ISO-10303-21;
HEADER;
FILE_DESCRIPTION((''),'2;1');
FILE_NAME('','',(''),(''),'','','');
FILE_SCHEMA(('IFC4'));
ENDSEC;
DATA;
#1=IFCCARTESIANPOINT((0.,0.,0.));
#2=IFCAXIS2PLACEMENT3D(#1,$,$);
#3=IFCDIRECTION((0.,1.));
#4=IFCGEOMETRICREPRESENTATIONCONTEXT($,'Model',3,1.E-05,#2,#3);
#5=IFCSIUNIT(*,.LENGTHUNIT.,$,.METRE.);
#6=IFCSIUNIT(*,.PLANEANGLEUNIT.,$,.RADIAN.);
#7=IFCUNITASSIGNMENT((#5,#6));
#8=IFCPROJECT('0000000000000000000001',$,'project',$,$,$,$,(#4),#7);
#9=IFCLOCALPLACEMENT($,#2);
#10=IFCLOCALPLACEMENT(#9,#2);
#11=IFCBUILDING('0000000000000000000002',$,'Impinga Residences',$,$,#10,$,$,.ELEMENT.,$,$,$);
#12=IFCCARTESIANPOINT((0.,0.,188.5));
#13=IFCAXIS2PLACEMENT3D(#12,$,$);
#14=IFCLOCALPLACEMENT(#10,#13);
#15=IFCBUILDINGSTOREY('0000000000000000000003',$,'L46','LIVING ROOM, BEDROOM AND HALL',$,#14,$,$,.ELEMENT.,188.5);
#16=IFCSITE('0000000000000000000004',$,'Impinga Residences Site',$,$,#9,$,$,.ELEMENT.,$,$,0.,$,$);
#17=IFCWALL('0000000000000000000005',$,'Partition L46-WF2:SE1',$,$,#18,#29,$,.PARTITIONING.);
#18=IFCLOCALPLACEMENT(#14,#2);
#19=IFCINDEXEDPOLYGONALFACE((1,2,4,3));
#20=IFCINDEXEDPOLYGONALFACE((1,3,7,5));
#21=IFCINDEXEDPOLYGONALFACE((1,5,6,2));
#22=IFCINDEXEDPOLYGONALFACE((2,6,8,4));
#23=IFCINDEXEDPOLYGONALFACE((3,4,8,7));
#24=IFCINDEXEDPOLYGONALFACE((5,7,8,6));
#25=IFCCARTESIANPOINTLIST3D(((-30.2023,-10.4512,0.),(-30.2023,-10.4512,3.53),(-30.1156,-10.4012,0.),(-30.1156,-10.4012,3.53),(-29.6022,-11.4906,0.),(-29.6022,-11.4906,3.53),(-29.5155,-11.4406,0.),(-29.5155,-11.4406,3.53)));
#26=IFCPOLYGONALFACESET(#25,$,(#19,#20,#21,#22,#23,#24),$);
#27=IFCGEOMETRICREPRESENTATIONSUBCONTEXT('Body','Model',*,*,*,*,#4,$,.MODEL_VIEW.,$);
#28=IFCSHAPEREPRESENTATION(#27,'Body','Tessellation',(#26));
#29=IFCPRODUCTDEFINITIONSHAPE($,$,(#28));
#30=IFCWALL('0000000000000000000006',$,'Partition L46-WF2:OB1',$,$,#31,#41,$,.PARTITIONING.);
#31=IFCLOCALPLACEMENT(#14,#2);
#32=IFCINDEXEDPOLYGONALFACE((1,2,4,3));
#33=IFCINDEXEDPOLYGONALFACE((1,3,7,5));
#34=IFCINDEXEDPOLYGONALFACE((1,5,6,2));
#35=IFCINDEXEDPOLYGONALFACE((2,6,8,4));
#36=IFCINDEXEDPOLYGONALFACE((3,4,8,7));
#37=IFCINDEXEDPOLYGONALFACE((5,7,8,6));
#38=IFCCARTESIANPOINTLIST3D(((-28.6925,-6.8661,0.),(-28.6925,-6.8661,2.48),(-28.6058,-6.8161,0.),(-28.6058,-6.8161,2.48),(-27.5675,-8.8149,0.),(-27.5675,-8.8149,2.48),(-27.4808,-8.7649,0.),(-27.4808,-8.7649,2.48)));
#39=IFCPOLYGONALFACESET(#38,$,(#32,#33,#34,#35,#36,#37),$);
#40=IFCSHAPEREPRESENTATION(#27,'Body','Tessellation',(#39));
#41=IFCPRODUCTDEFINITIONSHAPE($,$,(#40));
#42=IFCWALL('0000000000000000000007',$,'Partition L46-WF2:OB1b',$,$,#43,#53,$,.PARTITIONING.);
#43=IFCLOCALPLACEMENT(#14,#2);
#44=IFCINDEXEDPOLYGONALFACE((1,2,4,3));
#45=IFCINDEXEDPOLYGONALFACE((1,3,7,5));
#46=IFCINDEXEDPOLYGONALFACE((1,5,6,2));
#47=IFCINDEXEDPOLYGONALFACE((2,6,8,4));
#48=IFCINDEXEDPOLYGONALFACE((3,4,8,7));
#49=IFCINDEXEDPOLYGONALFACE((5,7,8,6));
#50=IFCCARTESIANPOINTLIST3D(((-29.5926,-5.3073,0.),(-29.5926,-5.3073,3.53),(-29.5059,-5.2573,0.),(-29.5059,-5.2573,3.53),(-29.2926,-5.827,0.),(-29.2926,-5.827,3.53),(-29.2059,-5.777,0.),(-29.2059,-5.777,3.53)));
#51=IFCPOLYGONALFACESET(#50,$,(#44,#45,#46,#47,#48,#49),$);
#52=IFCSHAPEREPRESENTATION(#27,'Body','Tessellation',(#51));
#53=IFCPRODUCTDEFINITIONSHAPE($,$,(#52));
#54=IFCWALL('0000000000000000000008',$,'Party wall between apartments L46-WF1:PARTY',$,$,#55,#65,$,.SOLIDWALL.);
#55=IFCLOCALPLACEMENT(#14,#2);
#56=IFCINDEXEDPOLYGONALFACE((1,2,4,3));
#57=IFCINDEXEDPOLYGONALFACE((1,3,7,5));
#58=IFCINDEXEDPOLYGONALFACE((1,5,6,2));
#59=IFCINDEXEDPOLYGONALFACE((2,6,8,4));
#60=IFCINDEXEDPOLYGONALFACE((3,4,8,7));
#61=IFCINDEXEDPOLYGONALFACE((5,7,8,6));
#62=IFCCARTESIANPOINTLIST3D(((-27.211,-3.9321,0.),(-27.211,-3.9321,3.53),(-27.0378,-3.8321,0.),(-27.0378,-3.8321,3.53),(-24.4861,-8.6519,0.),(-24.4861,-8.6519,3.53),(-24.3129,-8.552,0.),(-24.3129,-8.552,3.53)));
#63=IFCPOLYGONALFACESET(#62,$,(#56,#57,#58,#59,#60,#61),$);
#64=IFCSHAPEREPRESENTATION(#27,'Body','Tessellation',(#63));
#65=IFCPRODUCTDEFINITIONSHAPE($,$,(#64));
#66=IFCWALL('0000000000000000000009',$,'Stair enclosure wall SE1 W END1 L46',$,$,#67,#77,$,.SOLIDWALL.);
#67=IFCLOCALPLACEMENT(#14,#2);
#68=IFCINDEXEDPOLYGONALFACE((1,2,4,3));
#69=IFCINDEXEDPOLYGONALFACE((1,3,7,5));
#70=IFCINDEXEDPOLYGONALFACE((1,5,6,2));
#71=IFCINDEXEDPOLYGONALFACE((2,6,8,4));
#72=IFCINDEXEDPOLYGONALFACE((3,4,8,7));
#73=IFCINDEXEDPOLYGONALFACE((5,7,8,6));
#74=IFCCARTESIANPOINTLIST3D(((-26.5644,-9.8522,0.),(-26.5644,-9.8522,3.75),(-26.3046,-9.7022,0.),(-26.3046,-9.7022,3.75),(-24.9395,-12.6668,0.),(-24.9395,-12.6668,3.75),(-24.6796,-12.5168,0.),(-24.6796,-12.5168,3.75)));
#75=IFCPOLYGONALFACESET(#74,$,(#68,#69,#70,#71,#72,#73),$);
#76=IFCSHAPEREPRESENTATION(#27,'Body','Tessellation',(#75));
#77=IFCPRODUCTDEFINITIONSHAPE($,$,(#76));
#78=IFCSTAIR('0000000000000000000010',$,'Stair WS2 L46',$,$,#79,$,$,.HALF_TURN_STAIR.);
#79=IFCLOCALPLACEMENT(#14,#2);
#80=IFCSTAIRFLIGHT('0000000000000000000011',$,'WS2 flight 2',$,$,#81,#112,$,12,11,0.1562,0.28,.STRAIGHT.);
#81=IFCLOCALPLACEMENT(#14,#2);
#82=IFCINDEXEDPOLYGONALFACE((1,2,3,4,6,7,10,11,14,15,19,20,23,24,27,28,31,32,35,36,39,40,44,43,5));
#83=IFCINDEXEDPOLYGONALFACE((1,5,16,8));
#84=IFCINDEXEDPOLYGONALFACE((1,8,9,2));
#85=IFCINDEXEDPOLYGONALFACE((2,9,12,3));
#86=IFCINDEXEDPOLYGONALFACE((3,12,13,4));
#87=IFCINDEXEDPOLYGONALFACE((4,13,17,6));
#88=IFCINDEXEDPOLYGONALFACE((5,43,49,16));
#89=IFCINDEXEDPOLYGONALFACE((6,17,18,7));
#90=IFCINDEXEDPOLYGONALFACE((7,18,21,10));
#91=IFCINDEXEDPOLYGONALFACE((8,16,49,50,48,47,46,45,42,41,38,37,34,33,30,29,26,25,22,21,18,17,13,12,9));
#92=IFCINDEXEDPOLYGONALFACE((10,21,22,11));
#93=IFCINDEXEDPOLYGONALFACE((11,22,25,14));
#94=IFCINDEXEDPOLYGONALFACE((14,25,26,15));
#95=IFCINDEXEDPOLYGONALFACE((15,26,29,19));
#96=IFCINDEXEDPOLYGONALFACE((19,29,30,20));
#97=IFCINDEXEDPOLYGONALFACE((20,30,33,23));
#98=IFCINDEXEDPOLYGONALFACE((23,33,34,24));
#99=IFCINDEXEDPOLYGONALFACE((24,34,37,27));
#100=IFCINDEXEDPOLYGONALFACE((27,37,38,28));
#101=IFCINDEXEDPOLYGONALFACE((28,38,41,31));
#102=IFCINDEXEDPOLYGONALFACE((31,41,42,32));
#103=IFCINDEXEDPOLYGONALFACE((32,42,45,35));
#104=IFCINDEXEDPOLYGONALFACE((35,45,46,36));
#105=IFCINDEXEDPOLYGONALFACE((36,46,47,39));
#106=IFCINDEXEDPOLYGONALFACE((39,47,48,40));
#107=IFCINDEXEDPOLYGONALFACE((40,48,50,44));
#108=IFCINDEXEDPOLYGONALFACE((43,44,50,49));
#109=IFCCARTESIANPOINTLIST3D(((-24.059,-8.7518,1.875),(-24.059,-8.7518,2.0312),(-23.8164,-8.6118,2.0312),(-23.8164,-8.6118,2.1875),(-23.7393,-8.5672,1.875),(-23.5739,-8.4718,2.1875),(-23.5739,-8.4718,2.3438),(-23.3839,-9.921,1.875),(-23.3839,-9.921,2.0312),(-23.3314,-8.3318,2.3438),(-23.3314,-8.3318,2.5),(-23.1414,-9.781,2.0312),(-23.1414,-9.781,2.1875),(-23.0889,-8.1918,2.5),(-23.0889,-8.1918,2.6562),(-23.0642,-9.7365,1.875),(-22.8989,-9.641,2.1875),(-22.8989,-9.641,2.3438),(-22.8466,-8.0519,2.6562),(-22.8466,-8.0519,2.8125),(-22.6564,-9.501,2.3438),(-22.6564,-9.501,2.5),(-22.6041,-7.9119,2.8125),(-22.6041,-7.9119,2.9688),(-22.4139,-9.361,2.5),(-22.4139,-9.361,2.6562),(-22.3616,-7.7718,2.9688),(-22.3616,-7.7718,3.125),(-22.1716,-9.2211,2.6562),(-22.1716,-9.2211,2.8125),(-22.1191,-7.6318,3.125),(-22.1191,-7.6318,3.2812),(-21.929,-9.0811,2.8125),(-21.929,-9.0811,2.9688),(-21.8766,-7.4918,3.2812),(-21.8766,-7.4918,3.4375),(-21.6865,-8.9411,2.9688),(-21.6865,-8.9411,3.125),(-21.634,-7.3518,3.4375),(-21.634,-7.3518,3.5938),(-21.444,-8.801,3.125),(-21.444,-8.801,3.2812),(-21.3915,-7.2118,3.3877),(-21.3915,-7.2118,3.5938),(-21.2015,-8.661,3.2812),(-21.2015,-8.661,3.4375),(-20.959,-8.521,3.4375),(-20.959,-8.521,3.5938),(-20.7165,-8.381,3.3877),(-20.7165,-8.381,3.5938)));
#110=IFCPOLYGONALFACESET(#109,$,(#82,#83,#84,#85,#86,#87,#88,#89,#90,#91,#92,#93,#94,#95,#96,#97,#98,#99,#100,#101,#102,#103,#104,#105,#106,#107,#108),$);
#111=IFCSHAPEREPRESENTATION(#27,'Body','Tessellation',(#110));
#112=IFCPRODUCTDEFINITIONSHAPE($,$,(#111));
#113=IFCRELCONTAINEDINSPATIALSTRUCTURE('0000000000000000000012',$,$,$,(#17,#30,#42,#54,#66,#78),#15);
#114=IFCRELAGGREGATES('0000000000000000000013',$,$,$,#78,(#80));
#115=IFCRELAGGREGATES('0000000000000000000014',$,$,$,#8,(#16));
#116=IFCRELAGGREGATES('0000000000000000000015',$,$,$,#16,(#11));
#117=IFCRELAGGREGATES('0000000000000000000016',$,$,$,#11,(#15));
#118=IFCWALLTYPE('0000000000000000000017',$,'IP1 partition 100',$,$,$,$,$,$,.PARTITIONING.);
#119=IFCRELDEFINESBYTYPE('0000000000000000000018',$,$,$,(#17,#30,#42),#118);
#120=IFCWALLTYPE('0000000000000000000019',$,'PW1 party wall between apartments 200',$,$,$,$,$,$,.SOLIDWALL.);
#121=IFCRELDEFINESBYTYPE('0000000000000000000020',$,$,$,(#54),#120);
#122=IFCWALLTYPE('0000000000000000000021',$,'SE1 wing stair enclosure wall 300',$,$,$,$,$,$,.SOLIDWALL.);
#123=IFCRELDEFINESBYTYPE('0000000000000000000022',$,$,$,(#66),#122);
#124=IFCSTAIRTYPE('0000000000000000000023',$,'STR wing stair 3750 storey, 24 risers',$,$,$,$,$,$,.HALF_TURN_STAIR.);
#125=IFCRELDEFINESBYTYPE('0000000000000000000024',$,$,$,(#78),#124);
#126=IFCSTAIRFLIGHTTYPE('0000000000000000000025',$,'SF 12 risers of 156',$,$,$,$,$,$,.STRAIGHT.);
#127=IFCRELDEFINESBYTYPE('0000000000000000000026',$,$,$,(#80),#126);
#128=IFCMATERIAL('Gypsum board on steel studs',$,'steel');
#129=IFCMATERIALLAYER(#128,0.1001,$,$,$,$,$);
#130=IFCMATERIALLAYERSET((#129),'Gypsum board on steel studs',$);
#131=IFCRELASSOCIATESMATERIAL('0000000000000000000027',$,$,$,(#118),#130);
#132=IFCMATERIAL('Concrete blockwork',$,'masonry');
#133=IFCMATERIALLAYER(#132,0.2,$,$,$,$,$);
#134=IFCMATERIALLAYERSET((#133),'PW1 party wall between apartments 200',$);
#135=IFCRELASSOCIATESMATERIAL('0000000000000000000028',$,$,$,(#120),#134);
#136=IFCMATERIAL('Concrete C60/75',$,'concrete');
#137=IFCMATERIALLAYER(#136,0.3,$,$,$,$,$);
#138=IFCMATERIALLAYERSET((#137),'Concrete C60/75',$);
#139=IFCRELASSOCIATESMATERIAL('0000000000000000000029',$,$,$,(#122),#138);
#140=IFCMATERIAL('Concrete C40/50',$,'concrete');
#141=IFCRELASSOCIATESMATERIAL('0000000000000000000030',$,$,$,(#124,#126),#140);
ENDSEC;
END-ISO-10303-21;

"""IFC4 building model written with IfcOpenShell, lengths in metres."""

from ifc_helpers import new_model, si_unit, direction, frame, frame_2d, origin, place, context, subcontext, project, spatial, polyline, rectangle, outline, extrude, material, layer, layer_set, type_object, element, aggregate, save


model = new_model("IFC4")

# Units and contexts
model_context = context("Model", 3, precision=1e-05, world=origin(), true_north=direction((0.0, 1.0)))
body_context = subcontext(model_context, "Body", "Model", "MODEL_VIEW")
ifc_project = project(units=[si_unit("LENGTHUNIT", "METRE"), si_unit("PLANEANGLEUNIT", "RADIAN")], contexts=[model_context])

# Site, building, storey
site_placement = place(None, origin())
site = spatial("IfcSite", under=ifc_project, at=site_placement, Name="Impinga Residences Site", CompositionType="ELEMENT", RefElevation=0.0)
building_placement = place(site_placement, origin())
building = spatial("IfcBuilding", under=site, at=building_placement, Name="Impinga Residences", CompositionType="ELEMENT")
storey_placement = place(building_placement, frame((0.0, 0.0, 188.5)))
storey = spatial("IfcBuildingStorey", under=building, at=storey_placement, Name="L46", Description="LIVING ROOM, BEDROOM AND HALL", CompositionType="ELEMENT", Elevation=188.5)

# Shared definitions
ifc_material_1 = material(Name="Concrete C60/75", Category="concrete")

# Shared definitions
ifc_material_2 = material(Name="Gypsum board on steel studs", Category="steel")
ifc_layer_1 = layer(ifc_material_2, 0.1001)
ifc_layer_set_1 = layer_set([ifc_layer_1], Name="Gypsum board on steel studs")
wall_type_1 = type_object("IfcWallType", Name="IP1 partition 100", PredefinedType="PARTITIONING", material=ifc_layer_set_1)

# Walls
wall_1_placement = place(storey_placement, frame((-29.5588, -11.4656, 0.0), z_axis=(0.0, 0.0, 1.0), x_axis=(-0.500034, 0.866006, 0.0)))
element("IfcWall", 1, at=wall_1_placement, inside=storey, type_object=wall_type_1, Name="Partition L46-WF2:SE1", PredefinedType="PARTITIONING", context=body_context, shape_type="SweptSolid", body=[
    extrude(rectangle(XDim=1.2002, YDim=0.1001, at=frame_2d((0.6001, 0.0))), origin(), (0.0, 0.0, 1.0), 3.53),
])
wall_2_placement = place(storey_placement, frame((-27.5242, -8.7898, 0.0), z_axis=(0.0, 0.0, 1.0), x_axis=(-0.499967, 0.866045, 0.0)))
element("IfcWall", 2, at=wall_2_placement, inside=storey, type_object=wall_type_1, Name="Partition L46-WF2:OB1", PredefinedType="PARTITIONING", context=body_context, shape_type="SweptSolid", body=[
    extrude(rectangle(XDim=2.2502, YDim=0.1001, at=frame_2d((1.125, 0.0))), origin(), (0.0, 0.0, 1.0), 2.48),
])
wall_3_placement = place(storey_placement, frame((-29.2493, -5.802, 0.0), z_axis=(0.0, 0.0, 1.0), x_axis=(-0.499945, 0.866057, 0.0)))
element("IfcWall", 3, at=wall_3_placement, inside=storey, type_object=wall_type_1, Name="Partition L46-WF2:OB1b", PredefinedType="PARTITIONING", context=body_context, shape_type="SweptSolid", body=[
    extrude(rectangle(XDim=0.6001, YDim=0.1001, at=frame_2d((0.3, 0.0))), origin(), (0.0, 0.0, 1.0), 3.53),
])
ifc_material_3 = material(Name="Concrete blockwork", Category="masonry")
ifc_layer_2 = layer(ifc_material_3, 0.2)
ifc_layer_set_2 = layer_set([ifc_layer_2], Name="PW1 party wall between apartments 200")
wall_type_2 = type_object("IfcWallType", Name="PW1 party wall between apartments 200", PredefinedType="SOLIDWALL", material=ifc_layer_set_2)
wall_4_placement = place(storey_placement, frame((-24.3994, -8.6021, 0.0), z_axis=(0.0, 0.0, 1.0), x_axis=(-0.499989, 0.866032, 0.0)))
element("IfcWall", 4, at=wall_4_placement, inside=storey, type_object=wall_type_2, Name="Party wall between apartments L46-WF1:PARTY", PredefinedType="SOLIDWALL", context=body_context, shape_type="SweptSolid", body=[
    extrude(rectangle(XDim=5.45, YDim=0.2, at=frame_2d((2.7251, 0.0))), origin(), (0.0, 0.0, 1.0), 3.53),
])
ifc_layer_3 = layer(ifc_material_1, 0.3)
ifc_layer_set_3 = layer_set([ifc_layer_3], Name="Concrete C60/75")
wall_type_3 = type_object("IfcWallType", Name="SE1 wing stair enclosure wall 300", PredefinedType="SOLIDWALL", material=ifc_layer_set_3)
wall_5_placement = place(storey_placement, frame((-24.8096, -12.5918, 0.0), z_axis=(0.0, 0.0, 1.0), x_axis=(-0.499985, 0.866034, 0.0)))
element("IfcWall", 5, at=wall_5_placement, inside=storey, type_object=wall_type_3, Name="Stair enclosure wall SE1 W END1 L46", PredefinedType="SOLIDWALL", context=body_context, shape_type="SweptSolid", body=[
    extrude(rectangle(XDim=3.25, YDim=0.3, at=frame_2d((1.625, 0.0))), origin(), (0.0, 0.0, 1.0), 3.75),
])

# Stair, stair flight
ifc_material_4 = material(Name="Concrete C40/50", Category="concrete")
stair_type = type_object("IfcStairType", Name="STR wing stair 3750 storey, 24 risers", PredefinedType="HALF_TURN_STAIR", material=ifc_material_4)
stair_placement = place(storey_placement, origin())
stair = element("IfcStair", 6, at=stair_placement, inside=storey, type_object=stair_type, Name="Stair WS2 L46", PredefinedType="HALF_TURN_STAIR")
stair_flight_type = type_object("IfcStairFlightType", Name="SF 12 risers of 156", PredefinedType="STRAIGHT", material=ifc_material_4)
stair_flight_placement = place(storey_placement, frame((-23.7214, -9.3364, 1.875), z_axis=(0.0, 0.0, 1.0), x_axis=(0.866025, 0.5, 0.0)))
stair_flight = element("IfcStairFlight", 7, at=stair_flight_placement, type_object=stair_flight_type, Name="WS2 flight 2", NumberOfRisers=12, NumberOfTreads=11, PredefinedType="STRAIGHT", RiserHeight=0.1562, TreadLength=0.28, context=body_context, shape_type="SweptSolid", body=[
    extrude(outline(polyline([(0.0, 0.0), (0.0, 0.1562), (0.28, 0.1562), (0.28, 0.3125), (0.5601, 0.3125), (0.5601, 0.4688), (0.8401, 0.4688), (0.8401, 0.625), (1.1201, 0.625), (1.1201, 0.7812), (1.3999, 0.7812), (1.3999, 0.9375), (1.6799, 0.9375), (1.6799, 1.0938), (1.96, 1.0938), (1.96, 1.25), (2.24, 1.25), (2.24, 1.4062), (2.52, 1.4062), (2.52, 1.5625), (2.8, 1.5625), (2.8, 1.7188), (3.0801, 1.7188), (3.0801, 1.875), (3.0801, 1.5127), (0.3691, 0.0), (0.0, 0.0)])), frame((0.0, 0.675, 0.0), z_axis=(0.0, -1.0, 0.0), x_axis=(1.0, 0.0, 0.0)), (0.0, 0.0, 1.0), 1.3501),
])
aggregate(stair, [stair_flight])

save(model, "model.ifc")
